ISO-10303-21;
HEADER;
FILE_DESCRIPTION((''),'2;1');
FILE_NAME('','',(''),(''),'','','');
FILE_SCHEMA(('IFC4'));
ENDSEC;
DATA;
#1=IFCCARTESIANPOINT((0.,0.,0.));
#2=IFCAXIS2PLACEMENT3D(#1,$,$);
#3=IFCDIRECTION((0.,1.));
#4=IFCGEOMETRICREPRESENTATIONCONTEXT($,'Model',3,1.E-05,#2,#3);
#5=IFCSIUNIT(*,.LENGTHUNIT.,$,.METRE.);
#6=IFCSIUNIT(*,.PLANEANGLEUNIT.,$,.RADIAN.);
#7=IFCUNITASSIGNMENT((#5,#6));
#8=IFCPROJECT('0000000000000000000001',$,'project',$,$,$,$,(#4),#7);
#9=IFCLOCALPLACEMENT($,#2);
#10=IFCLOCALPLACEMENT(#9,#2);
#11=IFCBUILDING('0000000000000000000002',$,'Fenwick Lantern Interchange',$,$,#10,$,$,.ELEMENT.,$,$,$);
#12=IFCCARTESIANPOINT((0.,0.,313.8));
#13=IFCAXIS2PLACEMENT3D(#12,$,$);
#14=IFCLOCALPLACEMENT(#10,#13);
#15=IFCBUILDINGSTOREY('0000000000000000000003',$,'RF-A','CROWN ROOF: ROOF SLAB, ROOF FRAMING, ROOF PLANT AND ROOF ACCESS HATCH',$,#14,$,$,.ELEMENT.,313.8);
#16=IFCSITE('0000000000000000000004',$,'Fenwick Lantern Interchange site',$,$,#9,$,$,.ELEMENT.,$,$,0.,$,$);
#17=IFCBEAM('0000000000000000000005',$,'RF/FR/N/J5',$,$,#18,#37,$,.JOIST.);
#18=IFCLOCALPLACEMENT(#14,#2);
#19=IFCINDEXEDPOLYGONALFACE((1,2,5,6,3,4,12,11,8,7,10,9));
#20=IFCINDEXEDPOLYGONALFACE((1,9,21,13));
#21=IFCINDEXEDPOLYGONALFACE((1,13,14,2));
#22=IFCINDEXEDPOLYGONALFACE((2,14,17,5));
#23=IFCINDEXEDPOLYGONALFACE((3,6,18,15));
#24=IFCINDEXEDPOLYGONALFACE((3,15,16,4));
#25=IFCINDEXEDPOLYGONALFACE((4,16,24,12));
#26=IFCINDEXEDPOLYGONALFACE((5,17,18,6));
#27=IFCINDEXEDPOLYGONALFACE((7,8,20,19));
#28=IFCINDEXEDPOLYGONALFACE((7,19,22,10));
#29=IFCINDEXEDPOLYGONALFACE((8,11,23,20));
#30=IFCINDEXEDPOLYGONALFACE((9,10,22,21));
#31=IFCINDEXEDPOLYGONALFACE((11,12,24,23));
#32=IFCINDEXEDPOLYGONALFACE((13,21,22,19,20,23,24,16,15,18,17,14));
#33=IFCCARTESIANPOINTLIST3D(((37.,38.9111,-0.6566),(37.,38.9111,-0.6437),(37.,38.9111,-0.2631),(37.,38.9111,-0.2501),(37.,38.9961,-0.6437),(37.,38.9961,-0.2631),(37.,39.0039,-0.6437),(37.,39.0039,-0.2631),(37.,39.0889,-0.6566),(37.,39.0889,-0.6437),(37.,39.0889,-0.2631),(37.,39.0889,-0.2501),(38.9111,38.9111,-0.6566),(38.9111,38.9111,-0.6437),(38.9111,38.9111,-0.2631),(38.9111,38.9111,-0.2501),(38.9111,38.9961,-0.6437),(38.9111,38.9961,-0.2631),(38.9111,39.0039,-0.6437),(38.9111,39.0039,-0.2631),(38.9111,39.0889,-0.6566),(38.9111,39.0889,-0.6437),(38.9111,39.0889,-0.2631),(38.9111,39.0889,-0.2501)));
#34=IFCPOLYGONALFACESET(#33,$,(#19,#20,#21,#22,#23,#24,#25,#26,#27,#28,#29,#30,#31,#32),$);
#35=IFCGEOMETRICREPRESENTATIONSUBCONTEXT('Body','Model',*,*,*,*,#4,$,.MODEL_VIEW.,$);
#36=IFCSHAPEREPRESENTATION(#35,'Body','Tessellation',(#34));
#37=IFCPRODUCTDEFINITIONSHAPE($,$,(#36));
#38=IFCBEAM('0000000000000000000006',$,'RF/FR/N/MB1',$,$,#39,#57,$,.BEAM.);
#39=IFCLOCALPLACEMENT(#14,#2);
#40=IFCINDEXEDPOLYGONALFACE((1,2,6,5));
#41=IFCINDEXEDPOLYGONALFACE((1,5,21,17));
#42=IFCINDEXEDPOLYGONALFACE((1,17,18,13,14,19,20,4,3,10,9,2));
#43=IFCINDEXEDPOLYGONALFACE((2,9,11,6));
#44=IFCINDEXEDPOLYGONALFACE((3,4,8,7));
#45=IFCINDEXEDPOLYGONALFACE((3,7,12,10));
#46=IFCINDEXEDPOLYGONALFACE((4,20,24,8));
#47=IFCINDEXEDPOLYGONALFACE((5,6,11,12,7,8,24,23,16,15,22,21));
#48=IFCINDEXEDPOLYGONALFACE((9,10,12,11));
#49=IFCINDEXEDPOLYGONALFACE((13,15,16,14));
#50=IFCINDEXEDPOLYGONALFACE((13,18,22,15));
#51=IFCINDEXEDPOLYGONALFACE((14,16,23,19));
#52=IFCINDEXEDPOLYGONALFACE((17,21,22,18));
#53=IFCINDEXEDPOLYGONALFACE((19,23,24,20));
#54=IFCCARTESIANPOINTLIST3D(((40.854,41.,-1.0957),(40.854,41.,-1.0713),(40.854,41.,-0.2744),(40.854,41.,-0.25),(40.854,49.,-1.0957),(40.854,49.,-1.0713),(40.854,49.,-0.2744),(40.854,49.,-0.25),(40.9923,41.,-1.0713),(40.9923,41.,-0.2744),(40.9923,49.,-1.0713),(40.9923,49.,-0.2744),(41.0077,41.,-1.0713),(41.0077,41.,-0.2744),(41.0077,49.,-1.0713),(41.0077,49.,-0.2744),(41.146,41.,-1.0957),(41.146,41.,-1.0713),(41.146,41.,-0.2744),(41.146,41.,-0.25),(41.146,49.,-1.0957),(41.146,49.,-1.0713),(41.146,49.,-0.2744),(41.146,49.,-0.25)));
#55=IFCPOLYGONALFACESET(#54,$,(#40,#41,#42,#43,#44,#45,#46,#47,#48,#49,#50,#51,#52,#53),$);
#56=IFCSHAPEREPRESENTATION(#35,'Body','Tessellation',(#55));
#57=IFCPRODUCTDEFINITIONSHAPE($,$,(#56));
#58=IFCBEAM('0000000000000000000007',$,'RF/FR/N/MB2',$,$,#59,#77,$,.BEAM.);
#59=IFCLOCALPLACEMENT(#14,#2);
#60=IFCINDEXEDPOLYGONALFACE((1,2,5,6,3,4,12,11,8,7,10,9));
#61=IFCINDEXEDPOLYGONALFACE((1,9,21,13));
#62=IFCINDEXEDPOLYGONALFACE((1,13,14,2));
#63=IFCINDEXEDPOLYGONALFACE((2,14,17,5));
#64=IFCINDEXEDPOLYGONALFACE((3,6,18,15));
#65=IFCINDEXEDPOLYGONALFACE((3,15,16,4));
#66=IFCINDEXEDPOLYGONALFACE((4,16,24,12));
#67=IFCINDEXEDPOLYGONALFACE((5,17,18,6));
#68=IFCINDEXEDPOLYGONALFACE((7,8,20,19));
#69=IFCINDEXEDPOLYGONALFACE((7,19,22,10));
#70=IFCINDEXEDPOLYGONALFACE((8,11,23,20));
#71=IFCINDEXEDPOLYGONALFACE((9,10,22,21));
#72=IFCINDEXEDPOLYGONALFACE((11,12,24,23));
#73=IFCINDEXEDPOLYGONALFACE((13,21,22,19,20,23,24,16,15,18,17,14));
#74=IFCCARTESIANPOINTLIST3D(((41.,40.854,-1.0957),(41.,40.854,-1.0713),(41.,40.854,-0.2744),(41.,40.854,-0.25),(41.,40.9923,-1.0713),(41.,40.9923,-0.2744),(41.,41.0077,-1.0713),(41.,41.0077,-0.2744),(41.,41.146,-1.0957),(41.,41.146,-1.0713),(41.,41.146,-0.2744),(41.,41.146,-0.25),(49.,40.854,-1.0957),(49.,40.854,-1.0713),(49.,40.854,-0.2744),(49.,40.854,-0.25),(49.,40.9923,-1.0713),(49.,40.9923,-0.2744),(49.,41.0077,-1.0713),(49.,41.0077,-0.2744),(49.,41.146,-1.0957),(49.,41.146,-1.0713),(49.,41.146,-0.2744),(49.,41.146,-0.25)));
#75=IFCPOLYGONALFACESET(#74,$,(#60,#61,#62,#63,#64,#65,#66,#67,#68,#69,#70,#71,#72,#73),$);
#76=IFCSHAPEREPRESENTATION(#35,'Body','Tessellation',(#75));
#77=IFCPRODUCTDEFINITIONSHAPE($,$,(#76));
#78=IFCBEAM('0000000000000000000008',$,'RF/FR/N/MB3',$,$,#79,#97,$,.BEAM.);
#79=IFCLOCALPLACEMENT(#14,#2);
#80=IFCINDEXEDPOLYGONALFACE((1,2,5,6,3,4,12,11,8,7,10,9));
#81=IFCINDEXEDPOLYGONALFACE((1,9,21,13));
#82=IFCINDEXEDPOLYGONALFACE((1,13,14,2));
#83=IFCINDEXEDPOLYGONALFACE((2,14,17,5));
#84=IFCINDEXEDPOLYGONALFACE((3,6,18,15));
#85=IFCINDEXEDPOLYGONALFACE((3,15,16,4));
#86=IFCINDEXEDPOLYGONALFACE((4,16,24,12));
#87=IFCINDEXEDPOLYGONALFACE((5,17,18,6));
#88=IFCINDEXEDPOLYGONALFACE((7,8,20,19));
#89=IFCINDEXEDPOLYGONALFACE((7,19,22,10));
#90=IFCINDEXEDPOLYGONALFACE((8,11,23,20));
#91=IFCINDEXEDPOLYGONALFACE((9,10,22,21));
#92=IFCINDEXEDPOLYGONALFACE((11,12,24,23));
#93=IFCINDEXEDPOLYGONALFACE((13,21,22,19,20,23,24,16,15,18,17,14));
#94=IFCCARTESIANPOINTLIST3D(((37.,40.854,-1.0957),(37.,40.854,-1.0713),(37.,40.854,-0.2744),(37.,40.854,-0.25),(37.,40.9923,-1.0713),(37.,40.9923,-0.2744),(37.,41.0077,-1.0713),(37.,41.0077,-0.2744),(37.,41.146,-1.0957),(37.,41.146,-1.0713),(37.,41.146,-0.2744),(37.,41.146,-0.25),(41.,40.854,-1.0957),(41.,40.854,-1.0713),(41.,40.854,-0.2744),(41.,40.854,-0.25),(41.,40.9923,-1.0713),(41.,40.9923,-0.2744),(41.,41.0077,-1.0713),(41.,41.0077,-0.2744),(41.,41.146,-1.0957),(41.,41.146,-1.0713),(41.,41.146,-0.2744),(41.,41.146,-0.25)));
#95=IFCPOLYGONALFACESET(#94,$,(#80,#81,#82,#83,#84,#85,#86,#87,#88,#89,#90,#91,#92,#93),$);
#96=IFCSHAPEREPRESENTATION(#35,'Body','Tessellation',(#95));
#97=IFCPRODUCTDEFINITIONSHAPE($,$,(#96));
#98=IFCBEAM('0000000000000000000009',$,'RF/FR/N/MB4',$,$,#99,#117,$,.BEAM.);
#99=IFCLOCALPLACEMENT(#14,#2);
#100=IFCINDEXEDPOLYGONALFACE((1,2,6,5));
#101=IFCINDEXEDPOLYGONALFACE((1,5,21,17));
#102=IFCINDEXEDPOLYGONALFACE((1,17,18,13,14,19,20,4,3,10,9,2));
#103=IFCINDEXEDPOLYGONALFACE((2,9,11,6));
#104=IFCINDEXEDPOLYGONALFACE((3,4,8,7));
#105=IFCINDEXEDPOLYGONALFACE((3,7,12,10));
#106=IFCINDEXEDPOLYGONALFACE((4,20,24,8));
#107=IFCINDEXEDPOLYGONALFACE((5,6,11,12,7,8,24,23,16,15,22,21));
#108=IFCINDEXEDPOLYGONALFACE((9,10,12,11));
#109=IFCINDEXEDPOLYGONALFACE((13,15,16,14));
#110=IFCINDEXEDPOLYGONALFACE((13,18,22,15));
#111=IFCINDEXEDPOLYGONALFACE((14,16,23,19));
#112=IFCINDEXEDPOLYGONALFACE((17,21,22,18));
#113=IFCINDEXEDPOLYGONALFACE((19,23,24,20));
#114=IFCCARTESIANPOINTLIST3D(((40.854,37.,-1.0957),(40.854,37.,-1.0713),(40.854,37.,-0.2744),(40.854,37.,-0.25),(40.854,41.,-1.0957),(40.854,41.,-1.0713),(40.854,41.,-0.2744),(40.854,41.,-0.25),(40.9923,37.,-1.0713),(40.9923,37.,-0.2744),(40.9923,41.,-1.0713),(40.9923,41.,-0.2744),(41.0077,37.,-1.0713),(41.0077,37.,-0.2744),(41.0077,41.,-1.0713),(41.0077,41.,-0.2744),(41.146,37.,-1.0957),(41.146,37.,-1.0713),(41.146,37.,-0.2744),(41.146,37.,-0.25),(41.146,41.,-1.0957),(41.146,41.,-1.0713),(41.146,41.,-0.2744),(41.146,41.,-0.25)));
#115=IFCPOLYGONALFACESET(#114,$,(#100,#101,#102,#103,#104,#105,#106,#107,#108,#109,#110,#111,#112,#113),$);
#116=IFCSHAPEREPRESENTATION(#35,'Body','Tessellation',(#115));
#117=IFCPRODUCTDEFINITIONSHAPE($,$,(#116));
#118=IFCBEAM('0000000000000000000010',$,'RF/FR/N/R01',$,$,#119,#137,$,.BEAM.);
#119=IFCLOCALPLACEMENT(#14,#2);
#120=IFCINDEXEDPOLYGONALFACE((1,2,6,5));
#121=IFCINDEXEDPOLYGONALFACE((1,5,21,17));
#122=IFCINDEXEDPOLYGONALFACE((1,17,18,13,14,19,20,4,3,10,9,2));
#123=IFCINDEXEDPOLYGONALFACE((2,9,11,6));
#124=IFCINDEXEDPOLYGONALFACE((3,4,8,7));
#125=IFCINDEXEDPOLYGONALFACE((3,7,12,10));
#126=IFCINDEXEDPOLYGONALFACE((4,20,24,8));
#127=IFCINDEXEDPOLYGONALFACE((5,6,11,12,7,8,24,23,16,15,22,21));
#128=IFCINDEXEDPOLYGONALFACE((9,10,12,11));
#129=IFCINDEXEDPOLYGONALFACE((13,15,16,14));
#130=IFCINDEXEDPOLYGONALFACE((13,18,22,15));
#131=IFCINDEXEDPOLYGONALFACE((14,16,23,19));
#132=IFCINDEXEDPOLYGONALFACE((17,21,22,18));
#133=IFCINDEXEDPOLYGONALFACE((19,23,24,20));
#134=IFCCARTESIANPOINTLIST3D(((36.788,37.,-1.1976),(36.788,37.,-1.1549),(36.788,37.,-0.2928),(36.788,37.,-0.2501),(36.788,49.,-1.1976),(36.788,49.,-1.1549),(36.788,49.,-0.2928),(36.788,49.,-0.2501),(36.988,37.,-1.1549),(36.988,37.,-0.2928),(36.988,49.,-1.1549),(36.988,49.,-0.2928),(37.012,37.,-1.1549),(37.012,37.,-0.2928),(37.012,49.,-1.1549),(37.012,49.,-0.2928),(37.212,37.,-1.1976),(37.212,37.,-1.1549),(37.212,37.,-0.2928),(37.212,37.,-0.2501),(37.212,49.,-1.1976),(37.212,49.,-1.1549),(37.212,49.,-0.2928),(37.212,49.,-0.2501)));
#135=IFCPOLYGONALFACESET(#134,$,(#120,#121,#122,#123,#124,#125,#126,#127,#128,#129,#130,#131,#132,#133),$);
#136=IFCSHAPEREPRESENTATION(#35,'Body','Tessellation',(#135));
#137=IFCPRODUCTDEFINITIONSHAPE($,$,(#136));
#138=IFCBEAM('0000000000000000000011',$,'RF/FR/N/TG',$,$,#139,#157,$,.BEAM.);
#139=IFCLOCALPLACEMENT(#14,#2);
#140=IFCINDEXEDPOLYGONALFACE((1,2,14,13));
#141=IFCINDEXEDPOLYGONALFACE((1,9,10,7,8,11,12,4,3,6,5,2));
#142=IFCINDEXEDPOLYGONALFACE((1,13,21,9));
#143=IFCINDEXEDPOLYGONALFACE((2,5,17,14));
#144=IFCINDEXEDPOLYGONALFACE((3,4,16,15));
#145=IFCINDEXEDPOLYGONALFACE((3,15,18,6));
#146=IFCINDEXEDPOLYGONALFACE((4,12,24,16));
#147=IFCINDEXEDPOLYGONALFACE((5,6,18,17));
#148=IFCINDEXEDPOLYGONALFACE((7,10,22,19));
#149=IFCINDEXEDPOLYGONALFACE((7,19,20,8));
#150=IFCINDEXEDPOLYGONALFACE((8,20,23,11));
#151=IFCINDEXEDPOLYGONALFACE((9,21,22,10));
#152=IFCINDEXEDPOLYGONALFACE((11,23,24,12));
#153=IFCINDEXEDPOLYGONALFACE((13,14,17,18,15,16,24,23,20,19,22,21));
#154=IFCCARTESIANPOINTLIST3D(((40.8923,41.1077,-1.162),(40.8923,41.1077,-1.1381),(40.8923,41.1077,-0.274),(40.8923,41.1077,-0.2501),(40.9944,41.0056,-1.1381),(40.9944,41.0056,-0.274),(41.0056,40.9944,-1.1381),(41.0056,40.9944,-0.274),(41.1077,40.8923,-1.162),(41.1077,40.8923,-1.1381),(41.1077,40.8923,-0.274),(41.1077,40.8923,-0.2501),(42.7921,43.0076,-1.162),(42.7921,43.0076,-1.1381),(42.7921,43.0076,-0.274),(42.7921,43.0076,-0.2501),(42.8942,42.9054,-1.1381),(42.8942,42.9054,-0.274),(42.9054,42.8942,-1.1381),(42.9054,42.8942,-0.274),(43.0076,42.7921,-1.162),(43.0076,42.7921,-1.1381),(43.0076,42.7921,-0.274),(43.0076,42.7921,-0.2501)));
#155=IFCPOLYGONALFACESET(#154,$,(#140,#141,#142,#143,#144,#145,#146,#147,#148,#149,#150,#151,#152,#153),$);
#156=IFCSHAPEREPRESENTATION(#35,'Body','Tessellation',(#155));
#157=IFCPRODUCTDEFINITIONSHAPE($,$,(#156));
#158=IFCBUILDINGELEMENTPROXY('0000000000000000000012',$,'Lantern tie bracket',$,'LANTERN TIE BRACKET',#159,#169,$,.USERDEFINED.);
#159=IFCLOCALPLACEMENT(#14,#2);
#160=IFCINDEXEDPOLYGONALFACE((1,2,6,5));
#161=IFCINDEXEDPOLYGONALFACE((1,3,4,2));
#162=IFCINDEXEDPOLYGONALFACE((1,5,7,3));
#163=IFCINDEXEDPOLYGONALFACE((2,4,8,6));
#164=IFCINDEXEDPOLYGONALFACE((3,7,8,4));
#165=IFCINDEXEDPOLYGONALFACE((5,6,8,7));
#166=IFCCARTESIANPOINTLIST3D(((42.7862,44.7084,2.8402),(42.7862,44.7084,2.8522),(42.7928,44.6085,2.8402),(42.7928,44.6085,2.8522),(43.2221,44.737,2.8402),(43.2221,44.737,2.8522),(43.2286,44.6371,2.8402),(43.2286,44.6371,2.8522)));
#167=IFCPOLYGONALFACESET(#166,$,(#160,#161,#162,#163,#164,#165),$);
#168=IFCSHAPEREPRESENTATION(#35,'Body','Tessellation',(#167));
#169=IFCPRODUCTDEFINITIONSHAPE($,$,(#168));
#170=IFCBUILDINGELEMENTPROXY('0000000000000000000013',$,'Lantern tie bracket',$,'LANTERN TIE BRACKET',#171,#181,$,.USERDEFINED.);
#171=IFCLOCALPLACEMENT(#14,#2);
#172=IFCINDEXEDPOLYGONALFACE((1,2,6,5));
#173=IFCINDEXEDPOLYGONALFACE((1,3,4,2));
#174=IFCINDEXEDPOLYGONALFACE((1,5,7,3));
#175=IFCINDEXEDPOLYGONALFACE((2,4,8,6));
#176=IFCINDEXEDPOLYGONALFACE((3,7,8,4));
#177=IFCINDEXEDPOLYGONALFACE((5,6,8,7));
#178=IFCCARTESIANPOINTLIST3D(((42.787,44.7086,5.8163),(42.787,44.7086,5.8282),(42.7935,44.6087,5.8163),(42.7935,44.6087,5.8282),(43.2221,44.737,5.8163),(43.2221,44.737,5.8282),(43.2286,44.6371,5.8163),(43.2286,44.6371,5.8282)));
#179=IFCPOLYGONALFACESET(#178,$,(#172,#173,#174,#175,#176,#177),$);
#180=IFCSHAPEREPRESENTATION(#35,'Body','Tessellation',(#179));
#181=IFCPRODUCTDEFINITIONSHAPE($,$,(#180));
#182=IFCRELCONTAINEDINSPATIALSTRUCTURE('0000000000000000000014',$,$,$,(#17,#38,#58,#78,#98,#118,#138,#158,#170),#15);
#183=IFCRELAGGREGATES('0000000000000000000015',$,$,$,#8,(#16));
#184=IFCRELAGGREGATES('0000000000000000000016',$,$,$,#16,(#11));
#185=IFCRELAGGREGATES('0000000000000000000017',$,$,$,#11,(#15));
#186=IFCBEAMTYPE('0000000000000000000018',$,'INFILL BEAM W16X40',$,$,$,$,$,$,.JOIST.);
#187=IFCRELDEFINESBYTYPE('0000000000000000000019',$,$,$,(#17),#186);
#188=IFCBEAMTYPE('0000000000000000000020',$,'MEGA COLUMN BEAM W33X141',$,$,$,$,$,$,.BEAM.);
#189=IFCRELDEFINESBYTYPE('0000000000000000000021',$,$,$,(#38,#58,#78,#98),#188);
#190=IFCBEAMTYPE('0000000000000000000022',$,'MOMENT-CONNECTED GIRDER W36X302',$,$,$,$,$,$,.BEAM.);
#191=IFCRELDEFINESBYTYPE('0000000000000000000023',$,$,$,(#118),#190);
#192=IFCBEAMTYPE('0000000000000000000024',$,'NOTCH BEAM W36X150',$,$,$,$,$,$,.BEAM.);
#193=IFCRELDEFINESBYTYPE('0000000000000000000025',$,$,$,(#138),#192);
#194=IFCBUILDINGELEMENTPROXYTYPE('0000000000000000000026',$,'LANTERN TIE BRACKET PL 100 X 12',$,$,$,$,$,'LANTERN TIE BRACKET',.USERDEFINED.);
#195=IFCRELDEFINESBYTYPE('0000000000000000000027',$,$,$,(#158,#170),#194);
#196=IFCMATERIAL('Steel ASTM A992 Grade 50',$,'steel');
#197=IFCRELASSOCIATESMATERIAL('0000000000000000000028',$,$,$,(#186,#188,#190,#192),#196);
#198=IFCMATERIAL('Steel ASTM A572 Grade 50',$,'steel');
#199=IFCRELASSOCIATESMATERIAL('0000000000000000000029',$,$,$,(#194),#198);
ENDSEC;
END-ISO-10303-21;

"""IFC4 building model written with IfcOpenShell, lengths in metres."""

from ifc_helpers import new_model, si_unit, direction, frame, origin, origin_2d, place, context, subcontext, project, spatial, rectangle, i_section, extrude, material, material_profile, profile_set, type_object, element, save


model = new_model("IFC4")

# Units and contexts
model_context = context("Model", 3, precision=1e-05, world=origin(), true_north=direction((0.0, 1.0)))
body_context = subcontext(model_context, "Body", "Model", "MODEL_VIEW")
ifc_project = project(units=[si_unit("LENGTHUNIT", "METRE"), si_unit("PLANEANGLEUNIT", "RADIAN")], contexts=[model_context])

# Site, building, storey
site_placement = place(None, origin())
site = spatial("IfcSite", under=ifc_project, at=site_placement, Name="Fenwick Lantern Interchange site", CompositionType="ELEMENT", RefElevation=0.0)
building_placement = place(site_placement, origin())
building = spatial("IfcBuilding", under=site, at=building_placement, Name="Fenwick Lantern Interchange", CompositionType="ELEMENT")
storey_placement = place(building_placement, frame((0.0, 0.0, 313.8)))
storey = spatial("IfcBuildingStorey", under=building, at=storey_placement, Name="RF-A", Description="CROWN ROOF: ROOF SLAB, ROOF FRAMING, ROOF PLANT AND ROOF ACCESS HATCH", CompositionType="ELEMENT", Elevation=313.8)

# Shared definitions
ifc_material_1 = material(Name="Steel ASTM A992 Grade 50", Category="steel")

# Beams
ifc_material_profile_1 = material_profile(ifc_material_1, i_section(OverallWidth=0.1777, OverallDepth=0.4065, WebThickness=0.0078, FlangeThickness=0.0129, at=origin_2d()), Name="W16X40")
ifc_profile_set_1 = profile_set([ifc_material_profile_1], Name="Steel ASTM A992 Grade 50")
beam_type_1 = type_object("IfcBeamType", Name="INFILL BEAM W16X40", PredefinedType="JOIST", material=ifc_profile_set_1)
beam_1_placement = place(storey_placement, frame((38.9111, 39.0, -0.4534), z_axis=(-1.0, 0.0, 0.0), x_axis=(0.0, -1.0, 0.0)))
element("IfcBeam", 1, at=beam_1_placement, inside=storey, type_object=beam_type_1, Name="RF/FR/N/J5", PredefinedType="JOIST", context=body_context, shape_type="SweptSolid", body=[
    extrude(i_section(OverallWidth=0.1777, OverallDepth=0.4065, WebThickness=0.0078, FlangeThickness=0.0129, at=origin_2d()), origin(), (0.0, 0.0, 1.0), 1.9111),
])
ifc_material_profile_2 = material_profile(ifc_material_1, i_section(OverallWidth=0.292, OverallDepth=0.8457, WebThickness=0.0154, FlangeThickness=0.0244, at=origin_2d()), Name="W33X141")
ifc_profile_set_2 = profile_set([ifc_material_profile_2], Name="Steel ASTM A992 Grade 50")
beam_type_2 = type_object("IfcBeamType", Name="MEGA COLUMN BEAM W33X141", PredefinedType="BEAM", material=ifc_profile_set_2)
for number, where, z_axis, x_axis, name in (
    (2, (41.0, 41.0, -0.6729), (0.0, 1.0, 0.0), (-1.0, 0.0, 0.0), "RF/FR/N/MB1"),
    (3, (41.0, 41.0, -0.6729), (1.0, 0.0, 0.0), (0.0, 1.0, 0.0), "RF/FR/N/MB2"),
):
    element("IfcBeam", number, at=place(storey_placement, frame(where, z_axis=z_axis, x_axis=x_axis)), inside=storey, type_object=beam_type_2, Name=name, PredefinedType="BEAM", context=body_context, shape_type="SweptSolid", body=[
        extrude(i_section(OverallWidth=0.292, OverallDepth=0.8457, WebThickness=0.0154, FlangeThickness=0.0244, at=origin_2d()), origin(), (0.0, 0.0, 1.0), 8.0),
    ])
for number, where, z_axis, x_axis, name in (
    (4, (41.0, 41.0, -0.6729), (-1.0, 0.0, 0.0), (0.0, -1.0, 0.0), "RF/FR/N/MB3"),
    (5, (41.0, 41.0, -0.6729), (0.0, -1.0, 0.0), (1.0, 0.0, 0.0), "RF/FR/N/MB4"),
):
    element("IfcBeam", number, at=place(storey_placement, frame(where, z_axis=z_axis, x_axis=x_axis)), inside=storey, type_object=beam_type_2, Name=name, PredefinedType="BEAM", context=body_context, shape_type="SweptSolid", body=[
        extrude(i_section(OverallWidth=0.292, OverallDepth=0.8457, WebThickness=0.0154, FlangeThickness=0.0244, at=origin_2d()), origin(), (0.0, 0.0, 1.0), 4.0),
    ])
ifc_material_profile_3 = material_profile(ifc_material_1, i_section(OverallWidth=0.4241, OverallDepth=0.9475, WebThickness=0.0239, FlangeThickness=0.0427, at=origin_2d()), Name="W36X302")
ifc_profile_set_3 = profile_set([ifc_material_profile_3], Name="Steel ASTM A992 Grade 50")
beam_type_3 = type_object("IfcBeamType", Name="MOMENT-CONNECTED GIRDER W36X302", PredefinedType="BEAM", material=ifc_profile_set_3)
beam_2_placement = place(storey_placement, frame((37.0, 49.0, -0.7239), z_axis=(0.0, -1.0, 0.0), x_axis=(1.0, 0.0, 0.0)))
element("IfcBeam", 6, at=beam_2_placement, inside=storey, type_object=beam_type_3, Name="RF/FR/N/R01", PredefinedType="BEAM", context=body_context, shape_type="SweptSolid", body=[
    extrude(i_section(OverallWidth=0.4241, OverallDepth=0.9475, WebThickness=0.0239, FlangeThickness=0.0427, at=origin_2d()), origin(), (0.0, 0.0, 1.0), 12.0),
])
ifc_material_profile_4 = material_profile(ifc_material_1, i_section(OverallWidth=0.3047, OverallDepth=0.9119, WebThickness=0.0159, FlangeThickness=0.0239, at=origin_2d()), Name="W36X150")
ifc_profile_set_4 = profile_set([ifc_material_profile_4], Name="Steel ASTM A992 Grade 50")
beam_type_4 = type_object("IfcBeamType", Name="NOTCH BEAM W36X150", PredefinedType="BEAM", material=ifc_profile_set_4)
beam_3_placement = place(storey_placement, frame((41.0, 41.0, -0.7061), z_axis=(0.707107, 0.707107, 0.0), x_axis=(-0.707107, 0.707107, 0.0)))
element("IfcBeam", 7, at=beam_3_placement, inside=storey, type_object=beam_type_4, Name="RF/FR/N/TG", PredefinedType="BEAM", context=body_context, shape_type="SweptSolid", body=[
    extrude(i_section(OverallWidth=0.3047, OverallDepth=0.9119, WebThickness=0.0159, FlangeThickness=0.0239, at=origin_2d()), origin(), (0.0, 0.0, 1.0), 2.6868),
])

# Building element proxies
ifc_material_2 = material(Name="Steel ASTM A572 Grade 50", Category="steel")
ifc_material_profile_5 = material_profile(ifc_material_2, rectangle(XDim=0.1001, YDim=0.012, at=origin_2d()), Name="PL100X12")
ifc_profile_set_5 = profile_set([ifc_material_profile_5], Name="Steel ASTM A572 Grade 50")
building_element_proxy_type_1 = type_object("IfcBuildingElementProxyType", Name="LANTERN TIE BRACKET PL 100 X 12", ElementType="LANTERN TIE BRACKET", PredefinedType="USERDEFINED", material=ifc_profile_set_5)
proxy_1_placement = place(storey_placement, frame((43.2253, 44.687, 2.8462), z_axis=(-0.997859, -0.065406, 0.0), x_axis=(0.065406, -0.997859, 0.0)))
element("IfcBuildingElementProxy", 8, at=proxy_1_placement, inside=storey, type_object=building_element_proxy_type_1, Name="Lantern tie bracket", ObjectType="LANTERN TIE BRACKET", PredefinedType="USERDEFINED", context=body_context, shape_type="SweptSolid", body=[
    extrude(rectangle(XDim=0.1001, YDim=0.012, at=origin_2d()), origin(), (0.0, 0.0, 1.0), 0.4368),
])
proxy_2_placement = place(storey_placement, frame((43.2253, 44.687, 5.8223), z_axis=(-0.997888, -0.064958, 0.0), x_axis=(0.064958, -0.997888, 0.0)))
element("IfcBuildingElementProxy", 9, at=proxy_2_placement, inside=storey, type_object=building_element_proxy_type_1, Name="Lantern tie bracket", ObjectType="LANTERN TIE BRACKET", PredefinedType="USERDEFINED", context=body_context, shape_type="SweptSolid", body=[
    extrude(rectangle(XDim=0.1001, YDim=0.012, at=origin_2d()), origin(), (0.0, 0.0, 1.0), 0.436),
])

save(model, "model.ifc")
